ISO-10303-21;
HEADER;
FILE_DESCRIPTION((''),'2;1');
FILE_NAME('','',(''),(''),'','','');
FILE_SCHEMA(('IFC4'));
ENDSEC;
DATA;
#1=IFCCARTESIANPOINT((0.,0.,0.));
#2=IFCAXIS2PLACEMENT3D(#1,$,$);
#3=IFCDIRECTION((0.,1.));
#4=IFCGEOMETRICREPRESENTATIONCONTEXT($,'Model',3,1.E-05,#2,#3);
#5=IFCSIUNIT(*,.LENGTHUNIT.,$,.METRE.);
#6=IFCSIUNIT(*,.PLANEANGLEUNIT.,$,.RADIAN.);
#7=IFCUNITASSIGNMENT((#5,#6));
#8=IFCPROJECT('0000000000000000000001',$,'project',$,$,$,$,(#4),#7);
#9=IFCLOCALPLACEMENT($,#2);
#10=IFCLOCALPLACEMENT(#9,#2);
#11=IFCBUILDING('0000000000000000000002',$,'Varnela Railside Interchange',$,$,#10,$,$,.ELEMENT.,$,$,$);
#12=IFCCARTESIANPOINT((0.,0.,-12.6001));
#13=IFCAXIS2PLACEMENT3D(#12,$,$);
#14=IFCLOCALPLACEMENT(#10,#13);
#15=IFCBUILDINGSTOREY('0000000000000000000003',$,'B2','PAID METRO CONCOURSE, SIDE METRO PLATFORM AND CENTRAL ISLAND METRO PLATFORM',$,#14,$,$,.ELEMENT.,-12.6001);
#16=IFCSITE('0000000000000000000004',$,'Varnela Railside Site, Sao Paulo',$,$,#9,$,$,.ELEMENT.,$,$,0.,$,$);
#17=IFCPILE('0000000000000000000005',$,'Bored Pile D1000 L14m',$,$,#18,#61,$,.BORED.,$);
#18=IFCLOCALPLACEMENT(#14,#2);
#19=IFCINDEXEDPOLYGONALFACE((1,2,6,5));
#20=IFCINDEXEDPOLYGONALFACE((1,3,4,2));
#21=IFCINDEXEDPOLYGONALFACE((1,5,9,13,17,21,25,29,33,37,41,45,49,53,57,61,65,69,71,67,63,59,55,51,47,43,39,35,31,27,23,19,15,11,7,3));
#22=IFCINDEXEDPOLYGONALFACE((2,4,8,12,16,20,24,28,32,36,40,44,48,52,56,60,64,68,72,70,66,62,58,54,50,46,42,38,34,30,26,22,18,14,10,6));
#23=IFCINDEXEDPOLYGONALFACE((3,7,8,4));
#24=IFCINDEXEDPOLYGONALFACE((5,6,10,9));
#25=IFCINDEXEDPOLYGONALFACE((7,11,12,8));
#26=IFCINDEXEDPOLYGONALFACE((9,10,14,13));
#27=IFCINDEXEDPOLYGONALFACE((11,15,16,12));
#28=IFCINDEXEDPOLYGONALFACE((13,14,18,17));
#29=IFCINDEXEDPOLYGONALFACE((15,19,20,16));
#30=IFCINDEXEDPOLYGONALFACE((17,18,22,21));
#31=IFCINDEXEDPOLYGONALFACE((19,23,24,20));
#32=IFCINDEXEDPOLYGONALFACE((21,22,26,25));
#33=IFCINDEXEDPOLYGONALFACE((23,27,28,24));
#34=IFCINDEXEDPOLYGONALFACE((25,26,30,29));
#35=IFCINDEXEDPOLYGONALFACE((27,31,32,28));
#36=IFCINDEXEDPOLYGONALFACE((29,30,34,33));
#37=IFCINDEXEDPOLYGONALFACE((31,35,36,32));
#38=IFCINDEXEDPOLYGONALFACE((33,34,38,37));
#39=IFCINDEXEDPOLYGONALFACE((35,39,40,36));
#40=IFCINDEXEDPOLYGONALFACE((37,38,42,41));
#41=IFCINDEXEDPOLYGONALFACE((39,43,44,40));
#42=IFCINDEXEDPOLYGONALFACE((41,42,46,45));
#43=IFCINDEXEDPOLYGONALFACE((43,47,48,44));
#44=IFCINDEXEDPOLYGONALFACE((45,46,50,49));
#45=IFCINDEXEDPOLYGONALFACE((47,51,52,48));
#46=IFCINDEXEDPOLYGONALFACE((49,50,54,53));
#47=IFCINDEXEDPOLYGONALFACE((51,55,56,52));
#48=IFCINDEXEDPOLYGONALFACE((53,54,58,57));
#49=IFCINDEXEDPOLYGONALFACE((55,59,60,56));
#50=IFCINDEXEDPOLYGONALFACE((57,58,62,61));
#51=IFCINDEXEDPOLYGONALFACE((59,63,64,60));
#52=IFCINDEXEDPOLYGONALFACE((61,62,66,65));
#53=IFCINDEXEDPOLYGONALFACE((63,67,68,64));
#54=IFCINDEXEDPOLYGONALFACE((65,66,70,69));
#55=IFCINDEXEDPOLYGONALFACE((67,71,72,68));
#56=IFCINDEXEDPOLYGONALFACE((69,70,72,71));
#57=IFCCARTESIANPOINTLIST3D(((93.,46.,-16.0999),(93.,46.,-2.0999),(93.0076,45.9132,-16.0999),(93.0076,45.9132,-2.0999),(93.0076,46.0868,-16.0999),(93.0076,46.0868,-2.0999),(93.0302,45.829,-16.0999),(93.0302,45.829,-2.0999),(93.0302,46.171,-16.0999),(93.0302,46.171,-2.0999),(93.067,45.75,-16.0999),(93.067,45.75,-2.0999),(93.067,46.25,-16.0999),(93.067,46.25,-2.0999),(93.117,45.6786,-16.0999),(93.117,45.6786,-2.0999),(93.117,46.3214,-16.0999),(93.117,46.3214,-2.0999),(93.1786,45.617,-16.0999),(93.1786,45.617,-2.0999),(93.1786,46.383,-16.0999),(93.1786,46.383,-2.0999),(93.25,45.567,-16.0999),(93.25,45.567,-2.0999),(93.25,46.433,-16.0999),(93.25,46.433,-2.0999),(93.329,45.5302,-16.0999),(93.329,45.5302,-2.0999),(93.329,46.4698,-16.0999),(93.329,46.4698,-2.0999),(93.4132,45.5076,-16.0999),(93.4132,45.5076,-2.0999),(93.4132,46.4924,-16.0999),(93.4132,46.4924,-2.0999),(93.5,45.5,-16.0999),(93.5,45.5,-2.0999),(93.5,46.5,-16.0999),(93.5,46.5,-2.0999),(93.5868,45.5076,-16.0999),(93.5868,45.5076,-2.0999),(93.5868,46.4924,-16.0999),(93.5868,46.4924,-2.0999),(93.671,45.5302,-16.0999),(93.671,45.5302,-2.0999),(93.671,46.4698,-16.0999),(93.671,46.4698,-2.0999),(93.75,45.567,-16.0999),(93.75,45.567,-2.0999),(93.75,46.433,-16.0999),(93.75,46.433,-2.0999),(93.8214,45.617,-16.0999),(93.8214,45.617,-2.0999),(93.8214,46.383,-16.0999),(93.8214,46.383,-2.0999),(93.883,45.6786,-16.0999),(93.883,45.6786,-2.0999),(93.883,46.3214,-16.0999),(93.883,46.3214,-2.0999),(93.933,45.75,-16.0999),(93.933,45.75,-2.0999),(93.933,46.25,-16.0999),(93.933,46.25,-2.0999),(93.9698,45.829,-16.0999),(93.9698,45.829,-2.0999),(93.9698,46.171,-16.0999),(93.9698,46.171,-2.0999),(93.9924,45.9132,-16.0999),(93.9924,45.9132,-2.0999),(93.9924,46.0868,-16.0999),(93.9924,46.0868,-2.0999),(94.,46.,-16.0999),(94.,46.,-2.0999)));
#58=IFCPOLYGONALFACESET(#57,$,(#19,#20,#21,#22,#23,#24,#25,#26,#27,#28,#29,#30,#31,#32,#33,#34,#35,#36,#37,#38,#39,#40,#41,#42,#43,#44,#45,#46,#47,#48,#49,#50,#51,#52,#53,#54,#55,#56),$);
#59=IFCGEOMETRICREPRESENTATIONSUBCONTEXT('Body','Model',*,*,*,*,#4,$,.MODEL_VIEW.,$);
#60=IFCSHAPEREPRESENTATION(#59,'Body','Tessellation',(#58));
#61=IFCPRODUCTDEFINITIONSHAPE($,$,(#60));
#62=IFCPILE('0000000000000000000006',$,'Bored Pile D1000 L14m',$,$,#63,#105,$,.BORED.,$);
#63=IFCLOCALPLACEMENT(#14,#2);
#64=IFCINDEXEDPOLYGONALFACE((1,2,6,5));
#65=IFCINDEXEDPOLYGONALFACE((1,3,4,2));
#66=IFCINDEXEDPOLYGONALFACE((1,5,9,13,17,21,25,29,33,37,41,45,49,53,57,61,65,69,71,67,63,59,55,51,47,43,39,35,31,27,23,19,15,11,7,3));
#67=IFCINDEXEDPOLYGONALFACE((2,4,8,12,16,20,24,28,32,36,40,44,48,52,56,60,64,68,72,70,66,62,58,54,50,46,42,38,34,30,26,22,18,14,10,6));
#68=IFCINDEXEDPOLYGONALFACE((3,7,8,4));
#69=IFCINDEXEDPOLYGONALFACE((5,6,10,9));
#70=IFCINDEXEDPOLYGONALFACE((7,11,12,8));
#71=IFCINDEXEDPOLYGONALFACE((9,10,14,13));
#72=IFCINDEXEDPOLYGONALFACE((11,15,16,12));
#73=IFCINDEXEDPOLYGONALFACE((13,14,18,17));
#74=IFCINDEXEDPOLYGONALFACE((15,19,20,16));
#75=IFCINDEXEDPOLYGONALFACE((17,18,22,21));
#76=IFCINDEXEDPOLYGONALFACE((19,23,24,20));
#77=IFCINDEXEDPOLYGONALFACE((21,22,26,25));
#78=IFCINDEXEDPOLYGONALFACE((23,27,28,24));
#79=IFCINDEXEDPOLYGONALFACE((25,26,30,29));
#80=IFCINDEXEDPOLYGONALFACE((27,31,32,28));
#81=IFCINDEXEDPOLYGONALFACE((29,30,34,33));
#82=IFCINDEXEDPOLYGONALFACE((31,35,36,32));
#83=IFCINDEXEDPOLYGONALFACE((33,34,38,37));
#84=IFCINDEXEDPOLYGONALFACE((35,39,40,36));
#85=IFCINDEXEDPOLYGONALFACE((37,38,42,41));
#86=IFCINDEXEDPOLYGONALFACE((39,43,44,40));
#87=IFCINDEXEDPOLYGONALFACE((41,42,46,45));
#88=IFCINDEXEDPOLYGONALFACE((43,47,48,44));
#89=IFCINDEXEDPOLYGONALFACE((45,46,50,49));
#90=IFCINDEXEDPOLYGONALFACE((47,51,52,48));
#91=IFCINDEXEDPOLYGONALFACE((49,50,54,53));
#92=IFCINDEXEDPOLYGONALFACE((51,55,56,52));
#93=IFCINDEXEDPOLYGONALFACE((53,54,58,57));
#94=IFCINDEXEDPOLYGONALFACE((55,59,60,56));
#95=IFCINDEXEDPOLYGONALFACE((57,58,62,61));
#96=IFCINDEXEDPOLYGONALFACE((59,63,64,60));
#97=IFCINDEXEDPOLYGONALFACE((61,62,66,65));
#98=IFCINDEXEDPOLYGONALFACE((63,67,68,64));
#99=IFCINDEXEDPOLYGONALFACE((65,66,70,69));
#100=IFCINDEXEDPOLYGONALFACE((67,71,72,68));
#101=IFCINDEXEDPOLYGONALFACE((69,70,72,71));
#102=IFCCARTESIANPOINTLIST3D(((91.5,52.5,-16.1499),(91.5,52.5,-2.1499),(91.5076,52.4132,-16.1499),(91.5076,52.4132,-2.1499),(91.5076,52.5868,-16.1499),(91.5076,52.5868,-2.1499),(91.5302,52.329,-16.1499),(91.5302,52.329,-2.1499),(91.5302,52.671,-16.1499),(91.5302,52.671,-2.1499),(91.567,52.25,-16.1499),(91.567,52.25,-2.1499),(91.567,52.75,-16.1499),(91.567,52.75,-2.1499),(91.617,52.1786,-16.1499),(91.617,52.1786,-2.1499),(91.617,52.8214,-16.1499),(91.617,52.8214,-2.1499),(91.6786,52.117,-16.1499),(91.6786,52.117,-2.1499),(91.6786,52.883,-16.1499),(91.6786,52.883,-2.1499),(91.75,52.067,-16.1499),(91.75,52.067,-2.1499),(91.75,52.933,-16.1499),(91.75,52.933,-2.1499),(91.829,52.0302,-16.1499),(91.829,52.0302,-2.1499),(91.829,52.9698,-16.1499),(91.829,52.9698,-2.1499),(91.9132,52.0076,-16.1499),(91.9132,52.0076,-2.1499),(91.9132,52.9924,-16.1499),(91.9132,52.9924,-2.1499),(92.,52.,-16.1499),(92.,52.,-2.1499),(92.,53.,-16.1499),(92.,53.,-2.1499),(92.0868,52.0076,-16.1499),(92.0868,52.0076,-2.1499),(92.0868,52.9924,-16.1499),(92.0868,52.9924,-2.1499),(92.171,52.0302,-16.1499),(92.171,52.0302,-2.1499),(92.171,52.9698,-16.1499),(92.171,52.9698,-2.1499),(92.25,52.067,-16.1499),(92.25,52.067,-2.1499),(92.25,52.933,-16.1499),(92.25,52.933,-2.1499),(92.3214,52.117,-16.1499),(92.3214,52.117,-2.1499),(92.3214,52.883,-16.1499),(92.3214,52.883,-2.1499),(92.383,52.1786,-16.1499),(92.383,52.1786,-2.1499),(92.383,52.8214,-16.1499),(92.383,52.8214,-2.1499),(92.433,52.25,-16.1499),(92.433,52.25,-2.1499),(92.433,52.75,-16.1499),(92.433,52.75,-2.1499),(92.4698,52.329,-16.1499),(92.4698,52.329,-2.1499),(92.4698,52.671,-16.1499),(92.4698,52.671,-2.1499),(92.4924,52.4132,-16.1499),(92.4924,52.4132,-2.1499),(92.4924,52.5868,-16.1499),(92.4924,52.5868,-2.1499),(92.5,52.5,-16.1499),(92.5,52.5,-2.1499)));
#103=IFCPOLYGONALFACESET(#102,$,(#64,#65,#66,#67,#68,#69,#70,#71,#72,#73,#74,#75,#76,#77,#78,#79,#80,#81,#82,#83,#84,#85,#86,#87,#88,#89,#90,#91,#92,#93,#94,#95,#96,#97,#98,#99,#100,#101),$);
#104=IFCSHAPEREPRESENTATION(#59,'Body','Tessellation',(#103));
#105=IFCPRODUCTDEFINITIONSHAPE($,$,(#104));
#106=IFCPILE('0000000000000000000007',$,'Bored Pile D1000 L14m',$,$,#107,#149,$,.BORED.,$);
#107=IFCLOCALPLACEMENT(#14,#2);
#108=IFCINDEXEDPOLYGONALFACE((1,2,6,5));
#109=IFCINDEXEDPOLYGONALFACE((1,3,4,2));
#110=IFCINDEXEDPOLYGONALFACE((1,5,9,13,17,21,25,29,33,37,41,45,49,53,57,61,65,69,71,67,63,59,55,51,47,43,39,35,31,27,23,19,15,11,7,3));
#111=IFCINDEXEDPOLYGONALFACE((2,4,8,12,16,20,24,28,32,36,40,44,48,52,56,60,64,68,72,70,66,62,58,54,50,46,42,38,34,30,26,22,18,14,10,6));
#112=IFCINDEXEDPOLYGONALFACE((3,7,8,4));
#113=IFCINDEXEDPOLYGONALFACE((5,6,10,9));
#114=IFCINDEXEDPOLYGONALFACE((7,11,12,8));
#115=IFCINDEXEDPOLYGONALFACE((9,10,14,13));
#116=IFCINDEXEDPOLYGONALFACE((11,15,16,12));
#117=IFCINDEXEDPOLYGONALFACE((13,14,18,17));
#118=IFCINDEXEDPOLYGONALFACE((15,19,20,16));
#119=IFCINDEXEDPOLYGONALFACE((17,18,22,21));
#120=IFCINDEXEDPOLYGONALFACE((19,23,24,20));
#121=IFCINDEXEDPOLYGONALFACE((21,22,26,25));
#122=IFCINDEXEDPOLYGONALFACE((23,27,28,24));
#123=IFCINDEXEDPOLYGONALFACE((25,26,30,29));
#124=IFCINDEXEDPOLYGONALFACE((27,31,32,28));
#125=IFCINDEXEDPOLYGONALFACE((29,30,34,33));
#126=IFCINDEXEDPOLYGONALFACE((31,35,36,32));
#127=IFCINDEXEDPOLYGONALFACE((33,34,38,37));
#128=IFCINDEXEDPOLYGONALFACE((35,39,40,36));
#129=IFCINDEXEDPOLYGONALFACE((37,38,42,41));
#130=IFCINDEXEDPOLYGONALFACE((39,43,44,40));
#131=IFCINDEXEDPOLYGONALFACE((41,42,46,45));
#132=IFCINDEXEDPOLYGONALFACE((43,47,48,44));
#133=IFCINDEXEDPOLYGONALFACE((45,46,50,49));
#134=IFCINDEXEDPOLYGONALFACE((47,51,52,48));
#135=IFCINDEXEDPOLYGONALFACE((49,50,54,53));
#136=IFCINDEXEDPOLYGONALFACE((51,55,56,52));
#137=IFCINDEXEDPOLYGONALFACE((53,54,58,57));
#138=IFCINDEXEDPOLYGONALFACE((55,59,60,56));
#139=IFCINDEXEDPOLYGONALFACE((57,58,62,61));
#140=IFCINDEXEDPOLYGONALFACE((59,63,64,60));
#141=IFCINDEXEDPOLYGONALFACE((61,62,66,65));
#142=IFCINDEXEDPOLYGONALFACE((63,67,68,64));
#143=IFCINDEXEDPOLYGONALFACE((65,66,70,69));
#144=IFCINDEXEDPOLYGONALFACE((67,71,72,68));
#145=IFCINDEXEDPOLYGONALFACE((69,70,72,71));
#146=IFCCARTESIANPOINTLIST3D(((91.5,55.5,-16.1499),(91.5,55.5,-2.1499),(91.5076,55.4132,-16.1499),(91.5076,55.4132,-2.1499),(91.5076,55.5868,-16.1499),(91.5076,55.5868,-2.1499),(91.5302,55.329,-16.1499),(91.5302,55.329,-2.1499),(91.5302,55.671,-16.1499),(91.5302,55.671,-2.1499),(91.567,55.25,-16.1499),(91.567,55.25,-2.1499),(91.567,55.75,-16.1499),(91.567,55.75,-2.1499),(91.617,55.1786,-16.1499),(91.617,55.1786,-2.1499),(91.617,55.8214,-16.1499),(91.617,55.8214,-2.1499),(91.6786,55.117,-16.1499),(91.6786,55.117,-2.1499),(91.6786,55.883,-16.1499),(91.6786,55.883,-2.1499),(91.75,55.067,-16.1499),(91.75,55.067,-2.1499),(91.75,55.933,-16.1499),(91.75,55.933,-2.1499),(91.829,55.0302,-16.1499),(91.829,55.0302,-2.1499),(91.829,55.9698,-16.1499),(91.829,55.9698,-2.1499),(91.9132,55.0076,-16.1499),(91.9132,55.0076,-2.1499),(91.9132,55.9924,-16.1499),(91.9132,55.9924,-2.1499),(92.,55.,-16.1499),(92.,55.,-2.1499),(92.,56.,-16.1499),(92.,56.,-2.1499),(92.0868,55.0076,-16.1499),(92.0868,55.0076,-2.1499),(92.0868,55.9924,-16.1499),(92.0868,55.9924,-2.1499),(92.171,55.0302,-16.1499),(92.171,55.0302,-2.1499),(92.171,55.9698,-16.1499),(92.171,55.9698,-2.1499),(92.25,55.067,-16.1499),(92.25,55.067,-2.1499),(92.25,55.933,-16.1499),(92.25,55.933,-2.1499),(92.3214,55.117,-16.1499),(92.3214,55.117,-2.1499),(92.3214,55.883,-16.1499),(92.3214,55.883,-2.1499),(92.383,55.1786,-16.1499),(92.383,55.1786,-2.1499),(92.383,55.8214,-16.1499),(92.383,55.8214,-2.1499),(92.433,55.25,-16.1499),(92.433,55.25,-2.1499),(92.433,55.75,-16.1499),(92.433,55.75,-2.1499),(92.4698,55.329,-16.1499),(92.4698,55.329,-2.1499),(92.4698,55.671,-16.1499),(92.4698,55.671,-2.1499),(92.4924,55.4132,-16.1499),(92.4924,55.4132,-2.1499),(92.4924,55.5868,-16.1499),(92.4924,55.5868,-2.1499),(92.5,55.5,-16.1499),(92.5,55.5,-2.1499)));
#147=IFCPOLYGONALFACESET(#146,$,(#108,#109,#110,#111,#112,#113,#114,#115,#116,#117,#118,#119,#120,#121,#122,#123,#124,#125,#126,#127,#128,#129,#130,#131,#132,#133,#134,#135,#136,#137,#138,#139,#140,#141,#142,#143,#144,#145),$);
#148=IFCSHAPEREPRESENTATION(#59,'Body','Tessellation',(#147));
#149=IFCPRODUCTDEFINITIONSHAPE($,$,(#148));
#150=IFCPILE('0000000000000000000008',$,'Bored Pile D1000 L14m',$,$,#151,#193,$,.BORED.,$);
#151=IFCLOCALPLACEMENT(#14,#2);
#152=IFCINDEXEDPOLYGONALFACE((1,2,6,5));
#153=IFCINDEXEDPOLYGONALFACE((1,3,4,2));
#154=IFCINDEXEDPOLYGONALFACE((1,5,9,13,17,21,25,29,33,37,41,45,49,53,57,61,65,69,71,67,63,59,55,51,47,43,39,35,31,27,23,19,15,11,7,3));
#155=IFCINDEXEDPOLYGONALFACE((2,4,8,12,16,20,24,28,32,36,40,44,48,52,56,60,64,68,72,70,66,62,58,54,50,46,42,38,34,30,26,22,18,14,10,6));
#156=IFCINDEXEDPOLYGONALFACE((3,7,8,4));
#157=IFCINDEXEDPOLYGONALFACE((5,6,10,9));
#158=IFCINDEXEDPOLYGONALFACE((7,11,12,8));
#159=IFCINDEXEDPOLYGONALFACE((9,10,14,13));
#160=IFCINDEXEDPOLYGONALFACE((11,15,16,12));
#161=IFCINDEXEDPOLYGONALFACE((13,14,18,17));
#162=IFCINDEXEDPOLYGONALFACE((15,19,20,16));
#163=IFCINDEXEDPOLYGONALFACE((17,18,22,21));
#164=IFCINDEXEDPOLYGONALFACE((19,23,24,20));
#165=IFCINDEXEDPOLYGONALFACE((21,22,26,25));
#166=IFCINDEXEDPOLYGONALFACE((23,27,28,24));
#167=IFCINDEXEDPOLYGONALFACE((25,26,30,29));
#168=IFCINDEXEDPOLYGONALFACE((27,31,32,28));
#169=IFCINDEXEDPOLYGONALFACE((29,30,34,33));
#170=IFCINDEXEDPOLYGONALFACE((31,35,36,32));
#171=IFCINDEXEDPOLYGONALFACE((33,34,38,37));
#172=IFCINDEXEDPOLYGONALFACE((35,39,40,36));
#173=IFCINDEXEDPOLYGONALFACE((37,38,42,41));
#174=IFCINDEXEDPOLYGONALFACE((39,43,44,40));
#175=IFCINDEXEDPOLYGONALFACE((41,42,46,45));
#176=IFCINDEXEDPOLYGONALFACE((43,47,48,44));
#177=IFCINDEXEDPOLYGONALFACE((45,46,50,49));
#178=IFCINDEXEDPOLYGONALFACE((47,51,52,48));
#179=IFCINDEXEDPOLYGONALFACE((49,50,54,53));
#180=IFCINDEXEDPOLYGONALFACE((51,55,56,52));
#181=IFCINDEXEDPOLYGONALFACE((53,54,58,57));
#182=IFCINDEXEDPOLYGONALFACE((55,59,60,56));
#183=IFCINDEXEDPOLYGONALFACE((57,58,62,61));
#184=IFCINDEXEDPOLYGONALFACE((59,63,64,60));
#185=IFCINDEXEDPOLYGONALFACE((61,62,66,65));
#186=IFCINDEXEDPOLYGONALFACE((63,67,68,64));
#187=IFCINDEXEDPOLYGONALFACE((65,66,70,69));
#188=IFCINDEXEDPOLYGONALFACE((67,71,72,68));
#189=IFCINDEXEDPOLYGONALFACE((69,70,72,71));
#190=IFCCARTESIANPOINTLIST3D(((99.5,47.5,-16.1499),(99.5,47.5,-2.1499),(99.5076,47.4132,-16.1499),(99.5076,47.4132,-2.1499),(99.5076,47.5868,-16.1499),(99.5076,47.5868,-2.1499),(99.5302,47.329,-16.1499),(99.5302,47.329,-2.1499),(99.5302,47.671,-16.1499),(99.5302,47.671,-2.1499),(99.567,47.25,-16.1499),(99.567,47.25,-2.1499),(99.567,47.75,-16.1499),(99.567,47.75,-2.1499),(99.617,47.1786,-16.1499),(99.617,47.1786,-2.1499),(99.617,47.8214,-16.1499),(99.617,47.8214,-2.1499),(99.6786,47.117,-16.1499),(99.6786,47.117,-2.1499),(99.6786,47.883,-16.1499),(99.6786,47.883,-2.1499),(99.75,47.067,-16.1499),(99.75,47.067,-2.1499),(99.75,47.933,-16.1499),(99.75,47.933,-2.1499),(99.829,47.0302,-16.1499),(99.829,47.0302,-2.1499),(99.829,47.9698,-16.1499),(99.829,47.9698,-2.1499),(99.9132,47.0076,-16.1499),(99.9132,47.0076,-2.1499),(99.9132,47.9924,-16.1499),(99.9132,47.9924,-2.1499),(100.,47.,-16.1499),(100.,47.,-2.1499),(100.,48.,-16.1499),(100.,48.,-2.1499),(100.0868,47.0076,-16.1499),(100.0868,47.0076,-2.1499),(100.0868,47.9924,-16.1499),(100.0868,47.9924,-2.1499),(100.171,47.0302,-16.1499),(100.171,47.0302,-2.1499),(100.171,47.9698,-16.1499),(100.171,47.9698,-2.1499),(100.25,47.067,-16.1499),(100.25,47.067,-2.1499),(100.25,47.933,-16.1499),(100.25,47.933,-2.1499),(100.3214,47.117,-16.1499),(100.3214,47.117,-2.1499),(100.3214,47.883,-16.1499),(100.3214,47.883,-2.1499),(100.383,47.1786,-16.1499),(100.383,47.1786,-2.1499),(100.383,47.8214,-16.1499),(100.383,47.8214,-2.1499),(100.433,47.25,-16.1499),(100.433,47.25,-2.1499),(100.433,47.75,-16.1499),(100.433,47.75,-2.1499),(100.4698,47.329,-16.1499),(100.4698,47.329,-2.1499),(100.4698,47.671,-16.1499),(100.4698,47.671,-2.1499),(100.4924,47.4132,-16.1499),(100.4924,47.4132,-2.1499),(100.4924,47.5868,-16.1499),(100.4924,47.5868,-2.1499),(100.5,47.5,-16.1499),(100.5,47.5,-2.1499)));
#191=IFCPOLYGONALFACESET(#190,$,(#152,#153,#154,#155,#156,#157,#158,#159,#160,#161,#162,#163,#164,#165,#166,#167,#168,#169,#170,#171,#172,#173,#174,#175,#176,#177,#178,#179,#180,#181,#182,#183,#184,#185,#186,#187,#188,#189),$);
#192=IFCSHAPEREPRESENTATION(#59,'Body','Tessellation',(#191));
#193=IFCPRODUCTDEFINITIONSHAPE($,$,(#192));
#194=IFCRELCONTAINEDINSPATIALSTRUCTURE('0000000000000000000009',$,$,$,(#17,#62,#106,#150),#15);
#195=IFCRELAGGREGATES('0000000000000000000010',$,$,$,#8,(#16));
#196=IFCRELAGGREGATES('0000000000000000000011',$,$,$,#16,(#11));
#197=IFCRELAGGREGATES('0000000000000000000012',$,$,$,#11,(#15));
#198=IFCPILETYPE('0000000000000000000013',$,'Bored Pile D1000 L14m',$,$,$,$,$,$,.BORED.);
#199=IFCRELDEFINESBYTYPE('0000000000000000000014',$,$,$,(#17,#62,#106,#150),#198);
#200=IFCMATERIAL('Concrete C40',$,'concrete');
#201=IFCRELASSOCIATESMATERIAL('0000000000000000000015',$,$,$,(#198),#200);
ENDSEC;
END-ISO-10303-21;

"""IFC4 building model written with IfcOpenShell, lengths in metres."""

from ifc_helpers import new_model, si_unit, direction, frame, origin, origin_2d, place, context, subcontext, project, spatial, circle, extrude, material, material_profile, profile_set, type_object, element, save


model = new_model("IFC4")

# Units and contexts
model_context = context("Model", 3, precision=1e-05, world=origin(), true_north=direction((0.0, 1.0)))
body_context = subcontext(model_context, "Body", "Model", "MODEL_VIEW")
ifc_project = project(units=[si_unit("LENGTHUNIT", "METRE"), si_unit("PLANEANGLEUNIT", "RADIAN")], contexts=[model_context])

# Site, building, storey
site_placement = place(None, origin())
site = spatial("IfcSite", under=ifc_project, at=site_placement, Name="Varnela Railside Site, Sao Paulo", CompositionType="ELEMENT", RefElevation=0.0)
building_placement = place(site_placement, origin())
building = spatial("IfcBuilding", under=site, at=building_placement, Name="Varnela Railside Interchange", CompositionType="ELEMENT")
storey_placement = place(building_placement, frame((0.0, 0.0, -12.6001)))
storey = spatial("IfcBuildingStorey", under=building, at=storey_placement, Name="B2", Description="PAID METRO CONCOURSE, SIDE METRO PLATFORM AND CENTRAL ISLAND METRO PLATFORM", CompositionType="ELEMENT", Elevation=-12.6001)

# Piles
ifc_material_1 = material(Name="Concrete C40", Category="concrete")
ifc_material_profile_1 = material_profile(ifc_material_1, circle(Radius=0.5, at=origin_2d()), Name="BORED PILE D1000")
ifc_profile_set_1 = profile_set([ifc_material_profile_1], Name="Concrete C40")
pile_type_1 = type_object("IfcPileType", Name="Bored Pile D1000 L14m", PredefinedType="BORED", material=ifc_profile_set_1)
for number, where, z_axis, x_axis, name in (
    (1, (93.5, 46.0, -2.0999), (0.0, 0.0, -1.0), (1.0, 0.0, 0.0), "Bored Pile D1000 L14m"),
    (2, (92.0, 52.5, -2.1499), (0.0, 0.0, -1.0), (1.0, 0.0, 0.0), "Bored Pile D1000 L14m"),
    (3, (92.0, 55.5, -2.1499), (0.0, 0.0, -1.0), (1.0, 0.0, 0.0), "Bored Pile D1000 L14m"),
    (4, (100.0, 47.5, -2.1499), (0.0, 0.0, -1.0), (1.0, 0.0, 0.0), "Bored Pile D1000 L14m"),
):
    element("IfcPile", number, at=place(storey_placement, frame(where, z_axis=z_axis, x_axis=x_axis)), inside=storey, type_object=pile_type_1, Name=name, PredefinedType="BORED", context=body_context, shape_type="SweptSolid", body=[
        extrude(circle(Radius=0.5, at=origin_2d()), origin(), (0.0, 0.0, 1.0), 14.0),
    ])

save(model, "model.ifc")
